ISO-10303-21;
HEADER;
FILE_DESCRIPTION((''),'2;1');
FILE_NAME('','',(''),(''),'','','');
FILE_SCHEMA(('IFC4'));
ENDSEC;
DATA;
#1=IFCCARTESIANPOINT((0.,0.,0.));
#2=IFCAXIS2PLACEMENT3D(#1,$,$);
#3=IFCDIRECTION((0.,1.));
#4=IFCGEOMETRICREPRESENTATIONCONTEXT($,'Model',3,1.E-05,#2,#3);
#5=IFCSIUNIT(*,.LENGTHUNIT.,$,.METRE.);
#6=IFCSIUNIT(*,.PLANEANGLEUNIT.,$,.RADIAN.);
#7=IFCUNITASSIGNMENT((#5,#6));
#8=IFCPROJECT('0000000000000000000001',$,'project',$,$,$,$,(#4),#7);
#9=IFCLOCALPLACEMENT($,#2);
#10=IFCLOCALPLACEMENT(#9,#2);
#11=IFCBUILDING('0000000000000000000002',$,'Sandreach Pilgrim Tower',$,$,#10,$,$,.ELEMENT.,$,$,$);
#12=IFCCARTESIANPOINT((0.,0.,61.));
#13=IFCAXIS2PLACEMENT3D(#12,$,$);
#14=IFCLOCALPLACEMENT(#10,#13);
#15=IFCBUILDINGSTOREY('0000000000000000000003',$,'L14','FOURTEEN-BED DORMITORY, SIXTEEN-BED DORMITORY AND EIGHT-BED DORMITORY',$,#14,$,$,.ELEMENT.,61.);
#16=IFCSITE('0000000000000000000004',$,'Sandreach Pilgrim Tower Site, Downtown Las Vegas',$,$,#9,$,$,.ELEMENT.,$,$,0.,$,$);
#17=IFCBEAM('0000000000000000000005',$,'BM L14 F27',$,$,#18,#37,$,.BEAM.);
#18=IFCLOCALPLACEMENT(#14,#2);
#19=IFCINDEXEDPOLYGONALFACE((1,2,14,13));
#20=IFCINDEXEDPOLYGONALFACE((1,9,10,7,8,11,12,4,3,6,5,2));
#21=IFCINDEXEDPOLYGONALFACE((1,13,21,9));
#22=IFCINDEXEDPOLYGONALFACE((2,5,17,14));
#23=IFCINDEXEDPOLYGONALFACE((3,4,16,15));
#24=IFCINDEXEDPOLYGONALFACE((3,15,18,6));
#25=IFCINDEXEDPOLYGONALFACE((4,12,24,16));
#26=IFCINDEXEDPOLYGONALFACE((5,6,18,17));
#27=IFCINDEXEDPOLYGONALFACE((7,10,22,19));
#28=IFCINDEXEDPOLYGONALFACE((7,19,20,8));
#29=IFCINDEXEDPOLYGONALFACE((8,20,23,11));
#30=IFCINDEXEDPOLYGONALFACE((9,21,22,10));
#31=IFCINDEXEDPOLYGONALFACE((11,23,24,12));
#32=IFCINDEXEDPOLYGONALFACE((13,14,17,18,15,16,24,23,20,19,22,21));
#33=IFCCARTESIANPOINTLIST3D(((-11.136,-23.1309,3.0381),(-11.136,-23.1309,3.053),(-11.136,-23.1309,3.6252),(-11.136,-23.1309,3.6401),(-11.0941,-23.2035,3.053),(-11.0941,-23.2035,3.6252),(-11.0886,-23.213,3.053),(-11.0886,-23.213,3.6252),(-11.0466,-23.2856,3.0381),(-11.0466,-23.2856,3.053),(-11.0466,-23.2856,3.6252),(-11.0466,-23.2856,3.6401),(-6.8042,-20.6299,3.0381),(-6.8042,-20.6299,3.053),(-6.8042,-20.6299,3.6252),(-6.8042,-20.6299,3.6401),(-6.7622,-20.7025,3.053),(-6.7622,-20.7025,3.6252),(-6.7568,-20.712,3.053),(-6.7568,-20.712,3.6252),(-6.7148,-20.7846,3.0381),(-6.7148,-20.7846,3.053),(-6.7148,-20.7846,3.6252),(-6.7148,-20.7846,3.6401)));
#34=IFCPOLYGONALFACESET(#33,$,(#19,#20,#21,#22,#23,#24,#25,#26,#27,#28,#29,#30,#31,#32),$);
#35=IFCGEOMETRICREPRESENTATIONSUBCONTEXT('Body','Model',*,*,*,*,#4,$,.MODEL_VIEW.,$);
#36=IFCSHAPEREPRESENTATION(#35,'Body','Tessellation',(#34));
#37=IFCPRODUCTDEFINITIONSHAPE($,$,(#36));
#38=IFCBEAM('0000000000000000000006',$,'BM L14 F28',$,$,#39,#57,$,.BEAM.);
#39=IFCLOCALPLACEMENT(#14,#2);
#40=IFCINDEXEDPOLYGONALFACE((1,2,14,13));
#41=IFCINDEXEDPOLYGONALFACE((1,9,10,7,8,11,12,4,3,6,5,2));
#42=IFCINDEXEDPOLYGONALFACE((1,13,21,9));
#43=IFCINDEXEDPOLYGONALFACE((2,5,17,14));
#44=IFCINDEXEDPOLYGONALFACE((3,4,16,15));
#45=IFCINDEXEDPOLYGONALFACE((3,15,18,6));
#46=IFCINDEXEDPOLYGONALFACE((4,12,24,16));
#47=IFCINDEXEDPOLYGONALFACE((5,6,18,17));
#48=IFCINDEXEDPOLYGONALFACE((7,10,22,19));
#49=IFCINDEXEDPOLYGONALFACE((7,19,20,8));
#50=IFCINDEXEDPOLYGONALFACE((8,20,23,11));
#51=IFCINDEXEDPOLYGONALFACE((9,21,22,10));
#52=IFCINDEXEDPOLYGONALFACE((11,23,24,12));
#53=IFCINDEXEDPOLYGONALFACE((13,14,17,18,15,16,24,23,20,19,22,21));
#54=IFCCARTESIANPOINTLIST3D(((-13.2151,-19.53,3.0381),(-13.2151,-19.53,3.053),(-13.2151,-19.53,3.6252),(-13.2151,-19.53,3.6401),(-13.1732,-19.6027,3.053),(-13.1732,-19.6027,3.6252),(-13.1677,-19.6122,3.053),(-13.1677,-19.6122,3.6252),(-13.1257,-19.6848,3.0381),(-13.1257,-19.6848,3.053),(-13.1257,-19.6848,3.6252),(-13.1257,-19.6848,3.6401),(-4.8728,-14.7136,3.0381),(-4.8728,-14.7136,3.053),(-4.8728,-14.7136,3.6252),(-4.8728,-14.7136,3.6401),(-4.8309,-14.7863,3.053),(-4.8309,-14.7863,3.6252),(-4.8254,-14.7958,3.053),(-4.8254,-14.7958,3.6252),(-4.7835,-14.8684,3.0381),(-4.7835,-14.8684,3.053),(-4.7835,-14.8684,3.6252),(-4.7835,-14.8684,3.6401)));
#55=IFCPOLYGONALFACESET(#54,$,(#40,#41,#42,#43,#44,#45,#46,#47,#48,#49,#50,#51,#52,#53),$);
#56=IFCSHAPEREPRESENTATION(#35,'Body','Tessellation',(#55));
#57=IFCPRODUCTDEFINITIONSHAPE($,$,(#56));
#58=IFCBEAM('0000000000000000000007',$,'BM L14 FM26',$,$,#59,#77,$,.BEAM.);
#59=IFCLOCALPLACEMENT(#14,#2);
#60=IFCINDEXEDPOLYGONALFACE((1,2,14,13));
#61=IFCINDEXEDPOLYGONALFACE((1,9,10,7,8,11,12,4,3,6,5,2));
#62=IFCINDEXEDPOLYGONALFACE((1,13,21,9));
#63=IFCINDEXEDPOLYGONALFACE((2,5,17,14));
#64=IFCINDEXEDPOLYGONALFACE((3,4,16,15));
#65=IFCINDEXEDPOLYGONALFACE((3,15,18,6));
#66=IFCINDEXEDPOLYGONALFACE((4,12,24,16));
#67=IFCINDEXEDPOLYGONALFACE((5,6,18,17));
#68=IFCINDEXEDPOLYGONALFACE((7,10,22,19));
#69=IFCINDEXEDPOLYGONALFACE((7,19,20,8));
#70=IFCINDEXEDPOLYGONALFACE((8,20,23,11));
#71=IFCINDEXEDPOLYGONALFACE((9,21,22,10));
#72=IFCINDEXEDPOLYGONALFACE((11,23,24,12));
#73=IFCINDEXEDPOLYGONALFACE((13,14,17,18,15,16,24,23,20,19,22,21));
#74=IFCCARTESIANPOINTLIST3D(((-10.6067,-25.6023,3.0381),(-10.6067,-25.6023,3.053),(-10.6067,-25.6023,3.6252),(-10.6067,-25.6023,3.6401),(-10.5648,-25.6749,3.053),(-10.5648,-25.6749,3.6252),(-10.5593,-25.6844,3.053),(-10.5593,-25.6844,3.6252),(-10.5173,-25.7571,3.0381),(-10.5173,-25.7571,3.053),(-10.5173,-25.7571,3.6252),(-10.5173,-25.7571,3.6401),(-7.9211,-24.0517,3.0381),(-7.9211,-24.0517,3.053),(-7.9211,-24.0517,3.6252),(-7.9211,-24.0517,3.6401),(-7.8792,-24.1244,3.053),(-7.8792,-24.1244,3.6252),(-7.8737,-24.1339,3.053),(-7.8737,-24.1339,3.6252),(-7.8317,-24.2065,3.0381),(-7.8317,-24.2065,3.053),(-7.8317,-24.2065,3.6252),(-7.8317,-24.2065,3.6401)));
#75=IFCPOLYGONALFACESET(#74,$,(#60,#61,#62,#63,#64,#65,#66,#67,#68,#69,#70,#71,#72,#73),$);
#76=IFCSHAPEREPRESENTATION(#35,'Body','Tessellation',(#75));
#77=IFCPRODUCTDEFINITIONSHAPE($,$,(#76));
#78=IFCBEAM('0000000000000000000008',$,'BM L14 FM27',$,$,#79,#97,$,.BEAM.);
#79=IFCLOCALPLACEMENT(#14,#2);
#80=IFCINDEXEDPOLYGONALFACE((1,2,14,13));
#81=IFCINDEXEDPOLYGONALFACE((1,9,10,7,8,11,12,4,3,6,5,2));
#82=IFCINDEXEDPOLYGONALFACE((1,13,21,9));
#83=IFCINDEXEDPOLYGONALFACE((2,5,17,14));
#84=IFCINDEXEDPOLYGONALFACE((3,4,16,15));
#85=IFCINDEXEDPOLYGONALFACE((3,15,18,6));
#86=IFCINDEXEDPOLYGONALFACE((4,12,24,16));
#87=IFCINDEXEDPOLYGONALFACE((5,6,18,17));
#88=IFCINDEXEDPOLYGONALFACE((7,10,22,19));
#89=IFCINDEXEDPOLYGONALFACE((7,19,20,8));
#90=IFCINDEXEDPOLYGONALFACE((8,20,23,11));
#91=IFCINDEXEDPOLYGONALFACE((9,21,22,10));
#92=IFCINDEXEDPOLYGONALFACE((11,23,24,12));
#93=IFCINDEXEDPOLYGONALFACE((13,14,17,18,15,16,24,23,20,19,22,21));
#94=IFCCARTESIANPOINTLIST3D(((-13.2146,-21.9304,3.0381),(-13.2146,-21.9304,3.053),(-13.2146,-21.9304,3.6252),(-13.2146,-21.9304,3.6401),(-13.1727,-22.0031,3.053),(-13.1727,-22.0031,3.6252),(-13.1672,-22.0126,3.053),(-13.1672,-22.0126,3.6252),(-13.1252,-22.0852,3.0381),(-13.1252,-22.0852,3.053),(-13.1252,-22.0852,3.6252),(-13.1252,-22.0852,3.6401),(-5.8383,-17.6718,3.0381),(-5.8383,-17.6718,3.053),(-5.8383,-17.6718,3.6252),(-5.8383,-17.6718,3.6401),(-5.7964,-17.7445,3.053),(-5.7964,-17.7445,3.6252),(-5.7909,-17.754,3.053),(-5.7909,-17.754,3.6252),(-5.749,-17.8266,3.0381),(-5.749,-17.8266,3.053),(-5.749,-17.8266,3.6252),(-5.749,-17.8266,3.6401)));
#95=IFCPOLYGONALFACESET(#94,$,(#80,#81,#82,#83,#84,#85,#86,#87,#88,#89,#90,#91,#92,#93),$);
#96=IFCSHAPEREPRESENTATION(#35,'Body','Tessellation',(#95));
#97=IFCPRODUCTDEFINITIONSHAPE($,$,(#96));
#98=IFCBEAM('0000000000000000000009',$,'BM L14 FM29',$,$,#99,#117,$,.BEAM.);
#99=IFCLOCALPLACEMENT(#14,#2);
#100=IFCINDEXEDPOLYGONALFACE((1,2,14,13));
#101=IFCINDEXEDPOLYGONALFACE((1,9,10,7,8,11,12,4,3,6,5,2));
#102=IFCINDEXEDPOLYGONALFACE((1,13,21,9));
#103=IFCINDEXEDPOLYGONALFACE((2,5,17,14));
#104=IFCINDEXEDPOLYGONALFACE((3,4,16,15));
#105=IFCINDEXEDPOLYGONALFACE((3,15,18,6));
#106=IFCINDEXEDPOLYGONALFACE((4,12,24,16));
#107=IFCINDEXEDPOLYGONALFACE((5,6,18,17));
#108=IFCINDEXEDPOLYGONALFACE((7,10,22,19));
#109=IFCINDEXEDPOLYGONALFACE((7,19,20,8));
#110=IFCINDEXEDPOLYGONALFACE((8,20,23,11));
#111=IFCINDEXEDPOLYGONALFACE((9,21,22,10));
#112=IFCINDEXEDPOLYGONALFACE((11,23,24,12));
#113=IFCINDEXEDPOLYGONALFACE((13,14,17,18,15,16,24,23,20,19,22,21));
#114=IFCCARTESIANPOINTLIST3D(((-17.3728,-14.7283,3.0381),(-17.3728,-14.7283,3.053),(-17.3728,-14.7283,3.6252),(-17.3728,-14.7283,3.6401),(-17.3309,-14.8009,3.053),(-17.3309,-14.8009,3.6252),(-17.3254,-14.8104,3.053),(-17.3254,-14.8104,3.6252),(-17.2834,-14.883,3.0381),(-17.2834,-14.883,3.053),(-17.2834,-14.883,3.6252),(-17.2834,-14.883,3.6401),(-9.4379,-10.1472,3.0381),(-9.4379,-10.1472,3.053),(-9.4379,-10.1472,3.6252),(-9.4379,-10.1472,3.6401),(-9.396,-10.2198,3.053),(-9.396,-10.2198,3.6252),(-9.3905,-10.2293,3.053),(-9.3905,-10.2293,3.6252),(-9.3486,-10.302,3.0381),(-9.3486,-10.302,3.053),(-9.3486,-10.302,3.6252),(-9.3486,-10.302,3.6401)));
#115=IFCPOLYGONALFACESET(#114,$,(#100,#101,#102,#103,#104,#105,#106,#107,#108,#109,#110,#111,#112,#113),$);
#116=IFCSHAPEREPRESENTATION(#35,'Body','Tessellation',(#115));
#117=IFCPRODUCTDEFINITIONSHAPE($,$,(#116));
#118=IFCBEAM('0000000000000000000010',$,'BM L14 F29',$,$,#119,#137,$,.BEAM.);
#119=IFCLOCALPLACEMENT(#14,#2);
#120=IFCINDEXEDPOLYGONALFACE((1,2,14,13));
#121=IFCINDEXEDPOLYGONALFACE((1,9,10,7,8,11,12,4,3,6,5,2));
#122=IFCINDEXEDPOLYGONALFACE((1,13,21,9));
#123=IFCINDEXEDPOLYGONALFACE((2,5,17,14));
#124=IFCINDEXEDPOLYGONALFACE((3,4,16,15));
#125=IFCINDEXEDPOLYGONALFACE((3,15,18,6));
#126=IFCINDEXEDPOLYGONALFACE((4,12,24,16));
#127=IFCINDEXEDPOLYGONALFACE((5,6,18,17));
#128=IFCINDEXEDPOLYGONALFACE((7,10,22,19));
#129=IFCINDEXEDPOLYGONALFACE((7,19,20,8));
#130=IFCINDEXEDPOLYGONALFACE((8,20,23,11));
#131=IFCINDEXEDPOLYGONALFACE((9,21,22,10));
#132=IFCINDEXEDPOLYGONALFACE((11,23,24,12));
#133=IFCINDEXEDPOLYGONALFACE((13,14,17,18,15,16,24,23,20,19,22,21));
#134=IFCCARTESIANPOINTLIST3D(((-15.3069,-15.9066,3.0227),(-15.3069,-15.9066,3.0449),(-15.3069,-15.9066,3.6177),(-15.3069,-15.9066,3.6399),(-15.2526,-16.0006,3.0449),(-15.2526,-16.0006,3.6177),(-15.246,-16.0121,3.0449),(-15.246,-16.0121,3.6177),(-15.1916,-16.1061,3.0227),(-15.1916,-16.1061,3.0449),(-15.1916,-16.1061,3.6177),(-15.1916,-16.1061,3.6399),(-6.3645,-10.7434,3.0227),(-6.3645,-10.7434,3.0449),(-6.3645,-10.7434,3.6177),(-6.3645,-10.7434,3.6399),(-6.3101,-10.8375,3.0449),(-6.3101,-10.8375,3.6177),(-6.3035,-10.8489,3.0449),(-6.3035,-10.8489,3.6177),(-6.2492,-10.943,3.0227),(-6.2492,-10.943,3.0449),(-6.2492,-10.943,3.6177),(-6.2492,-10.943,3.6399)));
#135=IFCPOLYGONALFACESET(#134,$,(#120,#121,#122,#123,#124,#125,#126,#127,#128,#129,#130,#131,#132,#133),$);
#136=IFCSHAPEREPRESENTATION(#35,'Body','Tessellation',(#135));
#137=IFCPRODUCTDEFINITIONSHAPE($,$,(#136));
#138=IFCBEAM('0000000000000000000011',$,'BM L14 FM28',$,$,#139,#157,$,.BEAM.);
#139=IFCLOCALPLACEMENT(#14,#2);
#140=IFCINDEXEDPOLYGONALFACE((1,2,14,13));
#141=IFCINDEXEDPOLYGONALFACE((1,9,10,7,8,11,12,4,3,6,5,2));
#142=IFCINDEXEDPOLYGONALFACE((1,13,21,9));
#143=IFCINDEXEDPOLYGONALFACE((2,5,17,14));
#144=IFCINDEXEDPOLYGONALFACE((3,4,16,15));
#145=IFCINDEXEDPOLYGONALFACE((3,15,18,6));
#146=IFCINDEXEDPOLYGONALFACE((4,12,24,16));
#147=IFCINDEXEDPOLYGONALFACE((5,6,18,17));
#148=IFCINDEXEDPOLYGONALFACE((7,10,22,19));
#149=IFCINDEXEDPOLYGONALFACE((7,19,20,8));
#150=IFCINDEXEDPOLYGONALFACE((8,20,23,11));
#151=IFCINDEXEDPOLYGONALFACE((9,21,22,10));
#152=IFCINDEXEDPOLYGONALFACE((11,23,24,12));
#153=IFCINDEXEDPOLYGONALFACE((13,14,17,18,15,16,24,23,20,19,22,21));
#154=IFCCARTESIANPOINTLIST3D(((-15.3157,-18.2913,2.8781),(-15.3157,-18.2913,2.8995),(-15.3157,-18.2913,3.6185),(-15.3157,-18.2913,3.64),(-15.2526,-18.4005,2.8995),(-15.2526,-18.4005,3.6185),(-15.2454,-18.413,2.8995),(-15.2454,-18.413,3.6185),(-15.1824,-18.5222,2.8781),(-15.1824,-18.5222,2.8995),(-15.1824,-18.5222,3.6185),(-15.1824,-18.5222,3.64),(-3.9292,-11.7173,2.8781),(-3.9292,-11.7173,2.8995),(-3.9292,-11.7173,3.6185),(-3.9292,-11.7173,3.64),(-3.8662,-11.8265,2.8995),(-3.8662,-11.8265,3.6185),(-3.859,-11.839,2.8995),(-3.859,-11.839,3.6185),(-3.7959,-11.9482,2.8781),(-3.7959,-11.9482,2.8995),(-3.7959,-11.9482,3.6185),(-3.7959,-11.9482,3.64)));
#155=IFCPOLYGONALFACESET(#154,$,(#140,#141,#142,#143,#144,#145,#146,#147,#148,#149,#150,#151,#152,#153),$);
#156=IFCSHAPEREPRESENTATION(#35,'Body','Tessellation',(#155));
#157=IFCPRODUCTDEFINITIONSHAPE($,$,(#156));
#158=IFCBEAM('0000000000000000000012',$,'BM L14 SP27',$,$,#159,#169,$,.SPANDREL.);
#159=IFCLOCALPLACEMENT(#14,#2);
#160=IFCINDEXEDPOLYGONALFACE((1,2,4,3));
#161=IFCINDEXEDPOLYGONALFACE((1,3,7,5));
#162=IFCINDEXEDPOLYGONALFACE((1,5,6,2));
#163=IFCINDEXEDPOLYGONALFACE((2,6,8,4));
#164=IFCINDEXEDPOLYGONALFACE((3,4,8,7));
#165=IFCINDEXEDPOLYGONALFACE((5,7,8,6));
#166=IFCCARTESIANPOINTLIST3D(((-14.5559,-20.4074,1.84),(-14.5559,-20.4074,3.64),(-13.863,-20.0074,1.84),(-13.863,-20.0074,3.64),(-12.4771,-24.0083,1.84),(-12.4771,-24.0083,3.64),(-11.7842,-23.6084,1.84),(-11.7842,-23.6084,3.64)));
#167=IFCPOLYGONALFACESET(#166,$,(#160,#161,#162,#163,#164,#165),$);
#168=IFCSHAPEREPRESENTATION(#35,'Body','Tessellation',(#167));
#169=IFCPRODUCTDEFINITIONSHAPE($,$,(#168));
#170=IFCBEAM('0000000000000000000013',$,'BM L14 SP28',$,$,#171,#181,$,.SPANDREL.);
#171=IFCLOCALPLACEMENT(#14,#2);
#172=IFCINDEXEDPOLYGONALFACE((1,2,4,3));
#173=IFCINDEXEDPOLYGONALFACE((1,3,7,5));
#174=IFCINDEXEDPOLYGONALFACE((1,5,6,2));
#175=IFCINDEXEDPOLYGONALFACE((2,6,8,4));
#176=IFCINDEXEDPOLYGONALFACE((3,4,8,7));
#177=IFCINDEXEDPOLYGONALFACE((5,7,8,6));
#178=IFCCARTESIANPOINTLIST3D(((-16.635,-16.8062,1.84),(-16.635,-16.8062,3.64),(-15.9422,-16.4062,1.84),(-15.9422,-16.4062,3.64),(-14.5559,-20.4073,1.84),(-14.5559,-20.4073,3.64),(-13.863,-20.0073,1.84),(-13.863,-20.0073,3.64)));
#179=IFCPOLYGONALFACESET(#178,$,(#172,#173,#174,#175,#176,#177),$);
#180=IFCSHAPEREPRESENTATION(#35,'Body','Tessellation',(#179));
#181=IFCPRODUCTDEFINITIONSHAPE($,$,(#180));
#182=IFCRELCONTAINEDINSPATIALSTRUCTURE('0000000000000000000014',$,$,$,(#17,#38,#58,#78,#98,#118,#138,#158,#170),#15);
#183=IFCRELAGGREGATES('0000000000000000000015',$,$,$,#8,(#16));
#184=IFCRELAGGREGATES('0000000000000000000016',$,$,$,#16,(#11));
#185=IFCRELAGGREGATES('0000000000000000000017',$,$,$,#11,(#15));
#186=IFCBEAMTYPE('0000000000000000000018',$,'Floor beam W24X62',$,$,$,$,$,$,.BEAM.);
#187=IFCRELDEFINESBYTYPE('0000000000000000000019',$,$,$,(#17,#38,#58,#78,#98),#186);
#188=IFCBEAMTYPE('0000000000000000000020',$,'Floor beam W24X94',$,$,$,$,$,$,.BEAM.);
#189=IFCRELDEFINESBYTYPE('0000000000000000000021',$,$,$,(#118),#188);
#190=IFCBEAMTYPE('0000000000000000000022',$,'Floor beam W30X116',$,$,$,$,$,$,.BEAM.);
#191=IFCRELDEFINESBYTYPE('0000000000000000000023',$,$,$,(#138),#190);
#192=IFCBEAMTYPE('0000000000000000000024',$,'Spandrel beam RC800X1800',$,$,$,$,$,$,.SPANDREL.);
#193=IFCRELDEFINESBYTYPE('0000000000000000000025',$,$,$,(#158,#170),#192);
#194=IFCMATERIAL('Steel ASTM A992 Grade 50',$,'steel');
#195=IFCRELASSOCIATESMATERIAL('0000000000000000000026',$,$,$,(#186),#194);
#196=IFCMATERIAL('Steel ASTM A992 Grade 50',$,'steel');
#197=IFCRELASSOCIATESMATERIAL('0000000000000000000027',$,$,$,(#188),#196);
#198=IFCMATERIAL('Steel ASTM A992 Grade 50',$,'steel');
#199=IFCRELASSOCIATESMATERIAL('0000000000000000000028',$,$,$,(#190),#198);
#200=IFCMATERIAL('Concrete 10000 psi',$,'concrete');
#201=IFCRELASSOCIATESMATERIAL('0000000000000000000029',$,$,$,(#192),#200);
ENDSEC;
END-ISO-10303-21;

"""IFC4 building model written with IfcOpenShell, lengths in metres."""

from ifc_helpers import new_model, si_unit, direction, frame, origin, origin_2d, place, context, subcontext, project, spatial, rectangle, i_section, extrude, material, material_profile, profile_set, type_object, element, save


model = new_model("IFC4")

# Units and contexts
model_context = context("Model", 3, precision=1e-05, world=origin(), true_north=direction((0.0, 1.0)))
body_context = subcontext(model_context, "Body", "Model", "MODEL_VIEW")
ifc_project = project(units=[si_unit("LENGTHUNIT", "METRE"), si_unit("PLANEANGLEUNIT", "RADIAN")], contexts=[model_context])

# Site, building, storey
site_placement = place(None, origin())
site = spatial("IfcSite", under=ifc_project, at=site_placement, Name="Sandreach Pilgrim Tower Site, Downtown Las Vegas", CompositionType="ELEMENT", RefElevation=0.0)
building_placement = place(site_placement, origin())
building = spatial("IfcBuilding", under=site, at=building_placement, Name="Sandreach Pilgrim Tower", CompositionType="ELEMENT")
storey_placement = place(building_placement, frame((0.0, 0.0, 61.0)))
storey = spatial("IfcBuildingStorey", under=building, at=storey_placement, Name="L14", Description="FOURTEEN-BED DORMITORY, SIXTEEN-BED DORMITORY AND EIGHT-BED DORMITORY", CompositionType="ELEMENT", Elevation=61.0)

# Beams
ifc_material_1 = material(Name="Steel ASTM A992 Grade 50", Category="steel")
ifc_material_profile_1 = material_profile(ifc_material_1, i_section(OverallWidth=0.1787, OverallDepth=0.6021, WebThickness=0.011, FlangeThickness=0.0149, at=origin_2d()), Name="W24X62")
ifc_profile_set_1 = profile_set([ifc_material_profile_1], Name="Steel ASTM A992 Grade 50")
beam_type_1 = type_object("IfcBeamType", Name="Floor beam W24X62", PredefinedType="BEAM", material=ifc_profile_set_1)
beam_1_placement = place(storey_placement, frame((-11.0913, -23.2083, 3.3391), z_axis=(0.866024, 0.500003, 0.0), x_axis=(-0.500003, 0.866024, 0.0)))
element("IfcBeam", 1, at=beam_1_placement, inside=storey, type_object=beam_type_1, Name="BM L14 F27", PredefinedType="BEAM", context=body_context, shape_type="SweptSolid", body=[
    extrude(i_section(OverallWidth=0.1787, OverallDepth=0.6021, WebThickness=0.011, FlangeThickness=0.0149, at=origin_2d()), origin(), (0.0, 0.0, 1.0), 5.002),
])
beam_2_placement = place(storey_placement, frame((-13.1704, -19.6074, 3.3391), z_axis=(0.866026, 0.499999, 0.0), x_axis=(-0.499999, 0.866026, 0.0)))
element("IfcBeam", 2, at=beam_2_placement, inside=storey, type_object=beam_type_1, Name="BM L14 F28", PredefinedType="BEAM", context=body_context, shape_type="SweptSolid", body=[
    extrude(i_section(OverallWidth=0.1787, OverallDepth=0.6021, WebThickness=0.011, FlangeThickness=0.0149, at=origin_2d()), origin(), (0.0, 0.0, 1.0), 9.6328),
])
beam_3_placement = place(storey_placement, frame((-10.562, -25.6797, 3.3391), z_axis=(0.86602, 0.500009, 0.0), x_axis=(-0.500009, 0.86602, 0.0)))
element("IfcBeam", 3, at=beam_3_placement, inside=storey, type_object=beam_type_1, Name="BM L14 FM26", PredefinedType="BEAM", context=body_context, shape_type="SweptSolid", body=[
    extrude(i_section(OverallWidth=0.1787, OverallDepth=0.6021, WebThickness=0.011, FlangeThickness=0.0149, at=origin_2d()), origin(), (0.0, 0.0, 1.0), 3.1011),
])
beam_4_placement = place(storey_placement, frame((-13.1699, -22.0078, 3.3391), z_axis=(0.866031, 0.49999, 0.0), x_axis=(-0.49999, 0.866031, 0.0)))
element("IfcBeam", 4, at=beam_4_placement, inside=storey, type_object=beam_type_1, Name="BM L14 FM27", PredefinedType="BEAM", context=body_context, shape_type="SweptSolid", body=[
    extrude(i_section(OverallWidth=0.1787, OverallDepth=0.6021, WebThickness=0.011, FlangeThickness=0.0149, at=origin_2d()), origin(), (0.0, 0.0, 1.0), 8.5173),
])
beam_5_placement = place(storey_placement, frame((-17.3281, -14.8057, 3.3391), z_axis=(0.866031, 0.499991, 0.0), x_axis=(-0.499991, 0.866031, 0.0)))
element("IfcBeam", 5, at=beam_5_placement, inside=storey, type_object=beam_type_1, Name="BM L14 FM29", PredefinedType="BEAM", context=body_context, shape_type="SweptSolid", body=[
    extrude(i_section(OverallWidth=0.1787, OverallDepth=0.6021, WebThickness=0.011, FlangeThickness=0.0149, at=origin_2d()), origin(), (0.0, 0.0, 1.0), 9.1624),
])
ifc_material_2 = material(Name="Steel ASTM A992 Grade 50", Category="steel")
ifc_material_profile_2 = material_profile(ifc_material_2, i_section(OverallWidth=0.2305, OverallDepth=0.6172, WebThickness=0.0132, FlangeThickness=0.0222, at=origin_2d()), Name="W24X94")
ifc_profile_set_2 = profile_set([ifc_material_profile_2], Name="Steel ASTM A992 Grade 50")
beam_type_2 = type_object("IfcBeamType", Name="Floor beam W24X94", PredefinedType="BEAM", material=ifc_profile_set_2)
beam_6_placement = place(storey_placement, frame((-15.2493, -16.0063, 3.3313), z_axis=(0.866017, 0.500014, 0.0), x_axis=(-0.500014, 0.866017, 0.0)))
element("IfcBeam", 6, at=beam_6_placement, inside=storey, type_object=beam_type_2, Name="BM L14 F29", PredefinedType="BEAM", context=body_context, shape_type="SweptSolid", body=[
    extrude(i_section(OverallWidth=0.2305, OverallDepth=0.6172, WebThickness=0.0132, FlangeThickness=0.0222, at=origin_2d()), origin(), (0.0, 0.0, 1.0), 10.3259),
])
ifc_material_3 = material(Name="Steel ASTM A992 Grade 50", Category="steel")
ifc_material_profile_3 = material_profile(ifc_material_3, i_section(OverallWidth=0.2666, OverallDepth=0.762, WebThickness=0.0144, FlangeThickness=0.0215, at=origin_2d()), Name="W30X116")
ifc_profile_set_3 = profile_set([ifc_material_profile_3], Name="Steel ASTM A992 Grade 50")
beam_type_3 = type_object("IfcBeamType", Name="Floor beam W30X116", PredefinedType="BEAM", material=ifc_profile_set_3)
beam_7_placement = place(storey_placement, frame((-15.249, -18.4067, 3.259), z_axis=(0.866026, 0.499999, 0.0), x_axis=(-0.499999, 0.866026, 0.0)))
element("IfcBeam", 7, at=beam_7_placement, inside=storey, type_object=beam_type_3, Name="BM L14 FM28", PredefinedType="BEAM", context=body_context, shape_type="SweptSolid", body=[
    extrude(i_section(OverallWidth=0.2666, OverallDepth=0.762, WebThickness=0.0144, FlangeThickness=0.0215, at=origin_2d()), origin(), (0.0, 0.0, 1.0), 13.1479),
])
ifc_material_4 = material(Name="Concrete 10000 psi", Category="concrete")
ifc_material_profile_4 = material_profile(ifc_material_4, rectangle(XDim=0.8, YDim=1.8, at=origin_2d()), Name="RC800X1800")
ifc_profile_set_4 = profile_set([ifc_material_profile_4], Name="Concrete 10000 psi")
beam_type_4 = type_object("IfcBeamType", Name="Spandrel beam RC800X1800", PredefinedType="SPANDREL", material=ifc_profile_set_4)
beam_8_placement = place(storey_placement, frame((-12.1306, -23.8083, 2.74), z_axis=(-0.49996, 0.866049, 0.0), x_axis=(-0.866049, -0.49996, 0.0)))
element("IfcBeam", 8, at=beam_8_placement, inside=storey, type_object=beam_type_4, Name="BM L14 SP27", PredefinedType="SPANDREL", context=body_context, shape_type="SweptSolid", body=[
    extrude(rectangle(XDim=0.8, YDim=1.8, at=origin_2d()), origin(), (0.0, 0.0, 1.0), 4.158),
])
beam_9_placement = place(storey_placement, frame((-14.2095, -20.2073, 2.74), z_axis=(-0.500004, 0.866023, 0.0), x_axis=(-0.866023, -0.500004, 0.0)))
element("IfcBeam", 9, at=beam_9_placement, inside=storey, type_object=beam_type_4, Name="BM L14 SP28", PredefinedType="SPANDREL", context=body_context, shape_type="SweptSolid", body=[
    extrude(rectangle(XDim=0.8, YDim=1.8, at=origin_2d()), origin(), (0.0, 0.0, 1.0), 4.1582),
])

save(model, "model.ifc")
